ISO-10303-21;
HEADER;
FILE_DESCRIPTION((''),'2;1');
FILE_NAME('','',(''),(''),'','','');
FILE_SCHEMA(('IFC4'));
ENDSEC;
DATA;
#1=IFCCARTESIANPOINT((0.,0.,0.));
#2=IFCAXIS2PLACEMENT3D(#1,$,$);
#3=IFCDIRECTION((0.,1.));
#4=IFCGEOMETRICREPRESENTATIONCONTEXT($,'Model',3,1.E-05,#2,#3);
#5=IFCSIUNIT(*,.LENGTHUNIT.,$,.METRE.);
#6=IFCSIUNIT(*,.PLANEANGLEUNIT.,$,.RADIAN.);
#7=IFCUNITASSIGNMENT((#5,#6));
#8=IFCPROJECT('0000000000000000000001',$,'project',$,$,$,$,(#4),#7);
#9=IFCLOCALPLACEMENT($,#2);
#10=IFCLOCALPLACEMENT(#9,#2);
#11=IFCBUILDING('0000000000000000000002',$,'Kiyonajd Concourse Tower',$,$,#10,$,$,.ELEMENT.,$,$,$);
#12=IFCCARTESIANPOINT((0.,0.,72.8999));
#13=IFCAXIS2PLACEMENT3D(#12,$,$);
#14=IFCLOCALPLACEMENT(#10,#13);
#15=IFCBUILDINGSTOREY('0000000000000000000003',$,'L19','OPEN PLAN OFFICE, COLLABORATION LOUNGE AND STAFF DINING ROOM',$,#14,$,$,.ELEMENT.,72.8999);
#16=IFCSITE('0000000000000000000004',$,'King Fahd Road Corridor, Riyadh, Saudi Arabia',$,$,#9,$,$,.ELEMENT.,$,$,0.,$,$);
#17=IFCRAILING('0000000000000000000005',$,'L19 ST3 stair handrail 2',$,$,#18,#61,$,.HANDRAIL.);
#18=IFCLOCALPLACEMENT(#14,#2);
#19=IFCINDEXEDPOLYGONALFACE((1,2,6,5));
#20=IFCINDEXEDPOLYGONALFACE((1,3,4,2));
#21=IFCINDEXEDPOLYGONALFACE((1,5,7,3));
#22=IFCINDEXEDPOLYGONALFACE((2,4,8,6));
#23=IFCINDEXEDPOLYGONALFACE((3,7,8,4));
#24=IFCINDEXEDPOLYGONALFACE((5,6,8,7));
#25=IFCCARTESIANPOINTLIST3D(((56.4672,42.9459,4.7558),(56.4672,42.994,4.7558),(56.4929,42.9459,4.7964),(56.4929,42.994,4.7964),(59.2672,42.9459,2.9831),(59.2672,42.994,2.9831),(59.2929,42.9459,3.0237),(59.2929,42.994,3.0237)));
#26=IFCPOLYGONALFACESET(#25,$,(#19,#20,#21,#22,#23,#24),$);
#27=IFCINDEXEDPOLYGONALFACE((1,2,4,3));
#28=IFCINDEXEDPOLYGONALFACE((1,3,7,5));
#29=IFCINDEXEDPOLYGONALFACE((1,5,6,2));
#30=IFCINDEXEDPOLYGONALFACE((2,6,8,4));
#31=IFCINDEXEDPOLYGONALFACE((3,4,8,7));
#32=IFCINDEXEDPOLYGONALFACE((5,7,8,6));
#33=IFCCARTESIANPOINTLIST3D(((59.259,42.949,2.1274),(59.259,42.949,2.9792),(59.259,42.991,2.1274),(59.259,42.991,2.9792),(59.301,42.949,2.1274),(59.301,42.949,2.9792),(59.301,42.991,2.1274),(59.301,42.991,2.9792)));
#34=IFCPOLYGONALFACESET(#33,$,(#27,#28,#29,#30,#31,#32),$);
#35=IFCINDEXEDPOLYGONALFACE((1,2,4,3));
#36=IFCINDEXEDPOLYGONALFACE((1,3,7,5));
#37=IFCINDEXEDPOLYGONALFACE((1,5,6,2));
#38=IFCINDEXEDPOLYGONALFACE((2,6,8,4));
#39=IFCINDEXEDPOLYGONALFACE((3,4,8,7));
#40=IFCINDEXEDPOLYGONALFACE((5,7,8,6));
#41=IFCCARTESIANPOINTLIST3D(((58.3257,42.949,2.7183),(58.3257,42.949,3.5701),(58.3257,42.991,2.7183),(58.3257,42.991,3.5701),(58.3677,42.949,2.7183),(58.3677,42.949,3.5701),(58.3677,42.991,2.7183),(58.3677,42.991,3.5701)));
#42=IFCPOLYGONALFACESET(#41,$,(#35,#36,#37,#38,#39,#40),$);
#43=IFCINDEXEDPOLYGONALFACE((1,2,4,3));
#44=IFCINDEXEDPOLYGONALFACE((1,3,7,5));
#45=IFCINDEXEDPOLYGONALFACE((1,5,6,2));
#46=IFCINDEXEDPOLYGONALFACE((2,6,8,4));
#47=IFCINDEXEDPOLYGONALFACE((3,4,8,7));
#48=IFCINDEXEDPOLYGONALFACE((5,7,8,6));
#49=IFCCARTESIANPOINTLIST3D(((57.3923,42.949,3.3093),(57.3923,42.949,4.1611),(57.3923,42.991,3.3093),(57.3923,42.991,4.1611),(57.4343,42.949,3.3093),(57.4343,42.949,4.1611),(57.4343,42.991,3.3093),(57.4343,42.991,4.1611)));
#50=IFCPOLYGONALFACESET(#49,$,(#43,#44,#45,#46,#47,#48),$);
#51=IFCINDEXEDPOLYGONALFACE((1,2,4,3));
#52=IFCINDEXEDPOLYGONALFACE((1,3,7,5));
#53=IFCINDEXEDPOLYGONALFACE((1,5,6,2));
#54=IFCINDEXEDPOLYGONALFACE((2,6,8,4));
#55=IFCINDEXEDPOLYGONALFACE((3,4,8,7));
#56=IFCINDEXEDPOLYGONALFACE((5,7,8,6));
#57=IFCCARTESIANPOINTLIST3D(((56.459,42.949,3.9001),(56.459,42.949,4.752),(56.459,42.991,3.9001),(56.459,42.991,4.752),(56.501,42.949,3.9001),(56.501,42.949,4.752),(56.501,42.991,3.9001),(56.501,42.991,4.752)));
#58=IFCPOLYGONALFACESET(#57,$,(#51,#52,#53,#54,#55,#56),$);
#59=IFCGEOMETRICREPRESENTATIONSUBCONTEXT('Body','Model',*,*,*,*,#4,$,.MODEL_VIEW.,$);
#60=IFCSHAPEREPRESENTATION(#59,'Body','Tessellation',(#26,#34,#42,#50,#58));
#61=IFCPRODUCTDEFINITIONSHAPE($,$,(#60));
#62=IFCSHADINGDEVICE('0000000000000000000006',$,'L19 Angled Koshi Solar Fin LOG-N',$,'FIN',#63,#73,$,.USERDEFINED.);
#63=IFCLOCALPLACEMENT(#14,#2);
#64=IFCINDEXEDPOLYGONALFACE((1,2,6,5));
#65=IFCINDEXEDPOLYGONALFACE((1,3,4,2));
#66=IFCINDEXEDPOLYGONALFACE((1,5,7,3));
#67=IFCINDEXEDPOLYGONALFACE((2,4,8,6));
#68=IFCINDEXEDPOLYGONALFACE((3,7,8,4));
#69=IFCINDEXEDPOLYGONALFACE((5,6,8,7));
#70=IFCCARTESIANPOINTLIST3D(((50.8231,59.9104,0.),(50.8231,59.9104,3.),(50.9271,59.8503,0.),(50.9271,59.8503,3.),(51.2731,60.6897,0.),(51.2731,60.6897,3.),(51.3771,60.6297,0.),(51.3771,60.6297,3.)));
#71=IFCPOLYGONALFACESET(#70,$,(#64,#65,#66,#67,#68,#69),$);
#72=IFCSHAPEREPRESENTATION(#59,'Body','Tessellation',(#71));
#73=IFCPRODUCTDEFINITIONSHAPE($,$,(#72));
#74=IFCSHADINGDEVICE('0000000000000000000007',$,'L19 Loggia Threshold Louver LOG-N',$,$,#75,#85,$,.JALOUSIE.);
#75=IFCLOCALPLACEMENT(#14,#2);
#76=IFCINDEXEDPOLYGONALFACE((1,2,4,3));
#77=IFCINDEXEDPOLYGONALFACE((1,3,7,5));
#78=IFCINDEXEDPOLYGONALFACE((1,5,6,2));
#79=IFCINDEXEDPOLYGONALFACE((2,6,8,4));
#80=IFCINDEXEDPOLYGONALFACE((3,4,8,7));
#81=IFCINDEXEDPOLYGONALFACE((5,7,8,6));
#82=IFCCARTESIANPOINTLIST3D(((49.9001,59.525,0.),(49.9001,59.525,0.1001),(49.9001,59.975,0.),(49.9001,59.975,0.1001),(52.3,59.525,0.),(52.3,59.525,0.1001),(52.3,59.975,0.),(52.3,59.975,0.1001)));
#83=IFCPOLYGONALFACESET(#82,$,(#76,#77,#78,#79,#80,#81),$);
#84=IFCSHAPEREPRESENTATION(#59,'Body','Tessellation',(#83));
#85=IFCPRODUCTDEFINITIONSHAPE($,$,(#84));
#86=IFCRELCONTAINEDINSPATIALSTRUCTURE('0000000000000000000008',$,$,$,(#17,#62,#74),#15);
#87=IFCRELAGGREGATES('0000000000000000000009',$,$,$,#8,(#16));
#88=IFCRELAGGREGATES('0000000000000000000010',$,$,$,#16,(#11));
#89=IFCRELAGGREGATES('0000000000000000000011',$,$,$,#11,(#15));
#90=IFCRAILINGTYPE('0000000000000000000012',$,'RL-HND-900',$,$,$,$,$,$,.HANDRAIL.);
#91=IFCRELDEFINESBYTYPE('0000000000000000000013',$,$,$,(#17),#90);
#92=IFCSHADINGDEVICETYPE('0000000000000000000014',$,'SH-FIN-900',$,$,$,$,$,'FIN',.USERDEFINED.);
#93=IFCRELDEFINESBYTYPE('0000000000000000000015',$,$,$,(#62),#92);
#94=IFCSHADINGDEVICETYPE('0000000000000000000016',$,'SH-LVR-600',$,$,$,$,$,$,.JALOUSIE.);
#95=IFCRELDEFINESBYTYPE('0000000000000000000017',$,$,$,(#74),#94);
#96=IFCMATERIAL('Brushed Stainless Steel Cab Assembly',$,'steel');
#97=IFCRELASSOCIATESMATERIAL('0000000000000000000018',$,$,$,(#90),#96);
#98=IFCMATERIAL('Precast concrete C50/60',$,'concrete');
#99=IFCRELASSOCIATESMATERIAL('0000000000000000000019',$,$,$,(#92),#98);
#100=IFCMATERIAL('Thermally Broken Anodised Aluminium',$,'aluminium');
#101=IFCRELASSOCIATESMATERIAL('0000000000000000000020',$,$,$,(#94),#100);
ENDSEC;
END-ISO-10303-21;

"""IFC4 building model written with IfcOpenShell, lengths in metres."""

from ifc_helpers import new_model, si_unit, direction, frame, origin, origin_2d, place, context, subcontext, project, spatial, rectangle, extrude, material, type_object, element, save


model = new_model("IFC4")

# Units and contexts
model_context = context("Model", 3, precision=1e-05, world=origin(), true_north=direction((0.0, 1.0)))
body_context = subcontext(model_context, "Body", "Model", "MODEL_VIEW")
ifc_project = project(units=[si_unit("LENGTHUNIT", "METRE"), si_unit("PLANEANGLEUNIT", "RADIAN")], contexts=[model_context])

# Site, building, storey
site_placement = place(None, origin())
site = spatial("IfcSite", under=ifc_project, at=site_placement, Name="King Fahd Road Corridor, Riyadh, Saudi Arabia", CompositionType="ELEMENT", RefElevation=0.0)
building_placement = place(site_placement, origin())
building = spatial("IfcBuilding", under=site, at=building_placement, Name="Kiyonajd Concourse Tower", CompositionType="ELEMENT")
storey_placement = place(building_placement, frame((0.0, 0.0, 72.8999)))
storey = spatial("IfcBuildingStorey", under=building, at=storey_placement, Name="L19", Description="OPEN PLAN OFFICE, COLLABORATION LOUNGE AND STAFF DINING ROOM", CompositionType="ELEMENT", Elevation=72.8999)

# Shared definitions
ifc_material_1 = material(Name="Precast concrete C50/60", Category="concrete")

# Shared definitions
ifc_material_2 = material(Name="Thermally Broken Anodised Aluminium", Category="aluminium")

# Railing
ifc_material_3 = material(Name="Brushed Stainless Steel Cab Assembly", Category="steel")
railing_type_1 = type_object("IfcRailingType", Name="RL-HND-900", PredefinedType="HANDRAIL", material=ifc_material_3)
railing_1_placement = place(storey_placement, frame((59.28, 42.97, 2.1274)))
element("IfcRailing", 1, at=railing_1_placement, inside=storey, type_object=railing_type_1, Name="L19 ST3 stair handrail 2", PredefinedType="HANDRAIL", context=body_context, shape_type="SweptSolid", body=[
    extrude(rectangle(XDim=0.0481, YDim=0.0481, at=origin_2d()), frame((0.0, 0.0, 0.876), z_axis=(-0.844909, 0.0, 0.53491), x_axis=(0.0, -1.0, 0.0)), (0.0, 0.0, 1.0), 3.314),
    extrude(rectangle(XDim=0.042, YDim=0.042, at=origin_2d()), origin(), (0.0, 0.0, 1.0), 0.8518),
    extrude(rectangle(XDim=0.042, YDim=0.042, at=origin_2d()), frame((-0.9333, 0.0, 0.5908)), (0.0, 0.0, 1.0), 0.8518),
    extrude(rectangle(XDim=0.042, YDim=0.042, at=origin_2d()), frame((-1.8667, 0.0, 1.1819)), (0.0, 0.0, 1.0), 0.8518),
    extrude(rectangle(XDim=0.042, YDim=0.042, at=origin_2d()), frame((-2.8, 0.0, 1.7727)), (0.0, 0.0, 1.0), 0.8518),
])

# Shading devices
shading_device_type_1 = type_object("IfcShadingDeviceType", Name="SH-FIN-900", ElementType="FIN", PredefinedType="USERDEFINED", material=ifc_material_1)
shading_device_1_placement = place(storey_placement, frame((51.1001, 60.27, 0.0), z_axis=(0.0, 0.0, 1.0), x_axis=(0.5, 0.866025, 0.0)))
element("IfcShadingDevice", 2, at=shading_device_1_placement, inside=storey, type_object=shading_device_type_1, Name="L19 Angled Koshi Solar Fin LOG-N", ObjectType="FIN", PredefinedType="USERDEFINED", context=body_context, shape_type="SweptSolid", body=[
    extrude(rectangle(XDim=0.8999, YDim=0.1201, at=origin_2d()), origin(), (0.0, 0.0, 1.0), 3.0),
])
shading_device_type_2 = type_object("IfcShadingDeviceType", Name="SH-LVR-600", PredefinedType="JALOUSIE", material=ifc_material_2)
shading_device_2_placement = place(storey_placement, frame((51.1001, 59.75, 0.0), z_axis=(0.0, 0.0, 1.0), x_axis=(1.0, 0.0, 0.0)))
element("IfcShadingDevice", 3, at=shading_device_2_placement, inside=storey, type_object=shading_device_type_2, Name="L19 Loggia Threshold Louver LOG-N", PredefinedType="JALOUSIE", context=body_context, shape_type="SweptSolid", body=[
    extrude(rectangle(XDim=2.3999, YDim=0.45, at=origin_2d()), origin(), (0.0, 0.0, 1.0), 0.1001),
])

save(model, "model.ifc")
